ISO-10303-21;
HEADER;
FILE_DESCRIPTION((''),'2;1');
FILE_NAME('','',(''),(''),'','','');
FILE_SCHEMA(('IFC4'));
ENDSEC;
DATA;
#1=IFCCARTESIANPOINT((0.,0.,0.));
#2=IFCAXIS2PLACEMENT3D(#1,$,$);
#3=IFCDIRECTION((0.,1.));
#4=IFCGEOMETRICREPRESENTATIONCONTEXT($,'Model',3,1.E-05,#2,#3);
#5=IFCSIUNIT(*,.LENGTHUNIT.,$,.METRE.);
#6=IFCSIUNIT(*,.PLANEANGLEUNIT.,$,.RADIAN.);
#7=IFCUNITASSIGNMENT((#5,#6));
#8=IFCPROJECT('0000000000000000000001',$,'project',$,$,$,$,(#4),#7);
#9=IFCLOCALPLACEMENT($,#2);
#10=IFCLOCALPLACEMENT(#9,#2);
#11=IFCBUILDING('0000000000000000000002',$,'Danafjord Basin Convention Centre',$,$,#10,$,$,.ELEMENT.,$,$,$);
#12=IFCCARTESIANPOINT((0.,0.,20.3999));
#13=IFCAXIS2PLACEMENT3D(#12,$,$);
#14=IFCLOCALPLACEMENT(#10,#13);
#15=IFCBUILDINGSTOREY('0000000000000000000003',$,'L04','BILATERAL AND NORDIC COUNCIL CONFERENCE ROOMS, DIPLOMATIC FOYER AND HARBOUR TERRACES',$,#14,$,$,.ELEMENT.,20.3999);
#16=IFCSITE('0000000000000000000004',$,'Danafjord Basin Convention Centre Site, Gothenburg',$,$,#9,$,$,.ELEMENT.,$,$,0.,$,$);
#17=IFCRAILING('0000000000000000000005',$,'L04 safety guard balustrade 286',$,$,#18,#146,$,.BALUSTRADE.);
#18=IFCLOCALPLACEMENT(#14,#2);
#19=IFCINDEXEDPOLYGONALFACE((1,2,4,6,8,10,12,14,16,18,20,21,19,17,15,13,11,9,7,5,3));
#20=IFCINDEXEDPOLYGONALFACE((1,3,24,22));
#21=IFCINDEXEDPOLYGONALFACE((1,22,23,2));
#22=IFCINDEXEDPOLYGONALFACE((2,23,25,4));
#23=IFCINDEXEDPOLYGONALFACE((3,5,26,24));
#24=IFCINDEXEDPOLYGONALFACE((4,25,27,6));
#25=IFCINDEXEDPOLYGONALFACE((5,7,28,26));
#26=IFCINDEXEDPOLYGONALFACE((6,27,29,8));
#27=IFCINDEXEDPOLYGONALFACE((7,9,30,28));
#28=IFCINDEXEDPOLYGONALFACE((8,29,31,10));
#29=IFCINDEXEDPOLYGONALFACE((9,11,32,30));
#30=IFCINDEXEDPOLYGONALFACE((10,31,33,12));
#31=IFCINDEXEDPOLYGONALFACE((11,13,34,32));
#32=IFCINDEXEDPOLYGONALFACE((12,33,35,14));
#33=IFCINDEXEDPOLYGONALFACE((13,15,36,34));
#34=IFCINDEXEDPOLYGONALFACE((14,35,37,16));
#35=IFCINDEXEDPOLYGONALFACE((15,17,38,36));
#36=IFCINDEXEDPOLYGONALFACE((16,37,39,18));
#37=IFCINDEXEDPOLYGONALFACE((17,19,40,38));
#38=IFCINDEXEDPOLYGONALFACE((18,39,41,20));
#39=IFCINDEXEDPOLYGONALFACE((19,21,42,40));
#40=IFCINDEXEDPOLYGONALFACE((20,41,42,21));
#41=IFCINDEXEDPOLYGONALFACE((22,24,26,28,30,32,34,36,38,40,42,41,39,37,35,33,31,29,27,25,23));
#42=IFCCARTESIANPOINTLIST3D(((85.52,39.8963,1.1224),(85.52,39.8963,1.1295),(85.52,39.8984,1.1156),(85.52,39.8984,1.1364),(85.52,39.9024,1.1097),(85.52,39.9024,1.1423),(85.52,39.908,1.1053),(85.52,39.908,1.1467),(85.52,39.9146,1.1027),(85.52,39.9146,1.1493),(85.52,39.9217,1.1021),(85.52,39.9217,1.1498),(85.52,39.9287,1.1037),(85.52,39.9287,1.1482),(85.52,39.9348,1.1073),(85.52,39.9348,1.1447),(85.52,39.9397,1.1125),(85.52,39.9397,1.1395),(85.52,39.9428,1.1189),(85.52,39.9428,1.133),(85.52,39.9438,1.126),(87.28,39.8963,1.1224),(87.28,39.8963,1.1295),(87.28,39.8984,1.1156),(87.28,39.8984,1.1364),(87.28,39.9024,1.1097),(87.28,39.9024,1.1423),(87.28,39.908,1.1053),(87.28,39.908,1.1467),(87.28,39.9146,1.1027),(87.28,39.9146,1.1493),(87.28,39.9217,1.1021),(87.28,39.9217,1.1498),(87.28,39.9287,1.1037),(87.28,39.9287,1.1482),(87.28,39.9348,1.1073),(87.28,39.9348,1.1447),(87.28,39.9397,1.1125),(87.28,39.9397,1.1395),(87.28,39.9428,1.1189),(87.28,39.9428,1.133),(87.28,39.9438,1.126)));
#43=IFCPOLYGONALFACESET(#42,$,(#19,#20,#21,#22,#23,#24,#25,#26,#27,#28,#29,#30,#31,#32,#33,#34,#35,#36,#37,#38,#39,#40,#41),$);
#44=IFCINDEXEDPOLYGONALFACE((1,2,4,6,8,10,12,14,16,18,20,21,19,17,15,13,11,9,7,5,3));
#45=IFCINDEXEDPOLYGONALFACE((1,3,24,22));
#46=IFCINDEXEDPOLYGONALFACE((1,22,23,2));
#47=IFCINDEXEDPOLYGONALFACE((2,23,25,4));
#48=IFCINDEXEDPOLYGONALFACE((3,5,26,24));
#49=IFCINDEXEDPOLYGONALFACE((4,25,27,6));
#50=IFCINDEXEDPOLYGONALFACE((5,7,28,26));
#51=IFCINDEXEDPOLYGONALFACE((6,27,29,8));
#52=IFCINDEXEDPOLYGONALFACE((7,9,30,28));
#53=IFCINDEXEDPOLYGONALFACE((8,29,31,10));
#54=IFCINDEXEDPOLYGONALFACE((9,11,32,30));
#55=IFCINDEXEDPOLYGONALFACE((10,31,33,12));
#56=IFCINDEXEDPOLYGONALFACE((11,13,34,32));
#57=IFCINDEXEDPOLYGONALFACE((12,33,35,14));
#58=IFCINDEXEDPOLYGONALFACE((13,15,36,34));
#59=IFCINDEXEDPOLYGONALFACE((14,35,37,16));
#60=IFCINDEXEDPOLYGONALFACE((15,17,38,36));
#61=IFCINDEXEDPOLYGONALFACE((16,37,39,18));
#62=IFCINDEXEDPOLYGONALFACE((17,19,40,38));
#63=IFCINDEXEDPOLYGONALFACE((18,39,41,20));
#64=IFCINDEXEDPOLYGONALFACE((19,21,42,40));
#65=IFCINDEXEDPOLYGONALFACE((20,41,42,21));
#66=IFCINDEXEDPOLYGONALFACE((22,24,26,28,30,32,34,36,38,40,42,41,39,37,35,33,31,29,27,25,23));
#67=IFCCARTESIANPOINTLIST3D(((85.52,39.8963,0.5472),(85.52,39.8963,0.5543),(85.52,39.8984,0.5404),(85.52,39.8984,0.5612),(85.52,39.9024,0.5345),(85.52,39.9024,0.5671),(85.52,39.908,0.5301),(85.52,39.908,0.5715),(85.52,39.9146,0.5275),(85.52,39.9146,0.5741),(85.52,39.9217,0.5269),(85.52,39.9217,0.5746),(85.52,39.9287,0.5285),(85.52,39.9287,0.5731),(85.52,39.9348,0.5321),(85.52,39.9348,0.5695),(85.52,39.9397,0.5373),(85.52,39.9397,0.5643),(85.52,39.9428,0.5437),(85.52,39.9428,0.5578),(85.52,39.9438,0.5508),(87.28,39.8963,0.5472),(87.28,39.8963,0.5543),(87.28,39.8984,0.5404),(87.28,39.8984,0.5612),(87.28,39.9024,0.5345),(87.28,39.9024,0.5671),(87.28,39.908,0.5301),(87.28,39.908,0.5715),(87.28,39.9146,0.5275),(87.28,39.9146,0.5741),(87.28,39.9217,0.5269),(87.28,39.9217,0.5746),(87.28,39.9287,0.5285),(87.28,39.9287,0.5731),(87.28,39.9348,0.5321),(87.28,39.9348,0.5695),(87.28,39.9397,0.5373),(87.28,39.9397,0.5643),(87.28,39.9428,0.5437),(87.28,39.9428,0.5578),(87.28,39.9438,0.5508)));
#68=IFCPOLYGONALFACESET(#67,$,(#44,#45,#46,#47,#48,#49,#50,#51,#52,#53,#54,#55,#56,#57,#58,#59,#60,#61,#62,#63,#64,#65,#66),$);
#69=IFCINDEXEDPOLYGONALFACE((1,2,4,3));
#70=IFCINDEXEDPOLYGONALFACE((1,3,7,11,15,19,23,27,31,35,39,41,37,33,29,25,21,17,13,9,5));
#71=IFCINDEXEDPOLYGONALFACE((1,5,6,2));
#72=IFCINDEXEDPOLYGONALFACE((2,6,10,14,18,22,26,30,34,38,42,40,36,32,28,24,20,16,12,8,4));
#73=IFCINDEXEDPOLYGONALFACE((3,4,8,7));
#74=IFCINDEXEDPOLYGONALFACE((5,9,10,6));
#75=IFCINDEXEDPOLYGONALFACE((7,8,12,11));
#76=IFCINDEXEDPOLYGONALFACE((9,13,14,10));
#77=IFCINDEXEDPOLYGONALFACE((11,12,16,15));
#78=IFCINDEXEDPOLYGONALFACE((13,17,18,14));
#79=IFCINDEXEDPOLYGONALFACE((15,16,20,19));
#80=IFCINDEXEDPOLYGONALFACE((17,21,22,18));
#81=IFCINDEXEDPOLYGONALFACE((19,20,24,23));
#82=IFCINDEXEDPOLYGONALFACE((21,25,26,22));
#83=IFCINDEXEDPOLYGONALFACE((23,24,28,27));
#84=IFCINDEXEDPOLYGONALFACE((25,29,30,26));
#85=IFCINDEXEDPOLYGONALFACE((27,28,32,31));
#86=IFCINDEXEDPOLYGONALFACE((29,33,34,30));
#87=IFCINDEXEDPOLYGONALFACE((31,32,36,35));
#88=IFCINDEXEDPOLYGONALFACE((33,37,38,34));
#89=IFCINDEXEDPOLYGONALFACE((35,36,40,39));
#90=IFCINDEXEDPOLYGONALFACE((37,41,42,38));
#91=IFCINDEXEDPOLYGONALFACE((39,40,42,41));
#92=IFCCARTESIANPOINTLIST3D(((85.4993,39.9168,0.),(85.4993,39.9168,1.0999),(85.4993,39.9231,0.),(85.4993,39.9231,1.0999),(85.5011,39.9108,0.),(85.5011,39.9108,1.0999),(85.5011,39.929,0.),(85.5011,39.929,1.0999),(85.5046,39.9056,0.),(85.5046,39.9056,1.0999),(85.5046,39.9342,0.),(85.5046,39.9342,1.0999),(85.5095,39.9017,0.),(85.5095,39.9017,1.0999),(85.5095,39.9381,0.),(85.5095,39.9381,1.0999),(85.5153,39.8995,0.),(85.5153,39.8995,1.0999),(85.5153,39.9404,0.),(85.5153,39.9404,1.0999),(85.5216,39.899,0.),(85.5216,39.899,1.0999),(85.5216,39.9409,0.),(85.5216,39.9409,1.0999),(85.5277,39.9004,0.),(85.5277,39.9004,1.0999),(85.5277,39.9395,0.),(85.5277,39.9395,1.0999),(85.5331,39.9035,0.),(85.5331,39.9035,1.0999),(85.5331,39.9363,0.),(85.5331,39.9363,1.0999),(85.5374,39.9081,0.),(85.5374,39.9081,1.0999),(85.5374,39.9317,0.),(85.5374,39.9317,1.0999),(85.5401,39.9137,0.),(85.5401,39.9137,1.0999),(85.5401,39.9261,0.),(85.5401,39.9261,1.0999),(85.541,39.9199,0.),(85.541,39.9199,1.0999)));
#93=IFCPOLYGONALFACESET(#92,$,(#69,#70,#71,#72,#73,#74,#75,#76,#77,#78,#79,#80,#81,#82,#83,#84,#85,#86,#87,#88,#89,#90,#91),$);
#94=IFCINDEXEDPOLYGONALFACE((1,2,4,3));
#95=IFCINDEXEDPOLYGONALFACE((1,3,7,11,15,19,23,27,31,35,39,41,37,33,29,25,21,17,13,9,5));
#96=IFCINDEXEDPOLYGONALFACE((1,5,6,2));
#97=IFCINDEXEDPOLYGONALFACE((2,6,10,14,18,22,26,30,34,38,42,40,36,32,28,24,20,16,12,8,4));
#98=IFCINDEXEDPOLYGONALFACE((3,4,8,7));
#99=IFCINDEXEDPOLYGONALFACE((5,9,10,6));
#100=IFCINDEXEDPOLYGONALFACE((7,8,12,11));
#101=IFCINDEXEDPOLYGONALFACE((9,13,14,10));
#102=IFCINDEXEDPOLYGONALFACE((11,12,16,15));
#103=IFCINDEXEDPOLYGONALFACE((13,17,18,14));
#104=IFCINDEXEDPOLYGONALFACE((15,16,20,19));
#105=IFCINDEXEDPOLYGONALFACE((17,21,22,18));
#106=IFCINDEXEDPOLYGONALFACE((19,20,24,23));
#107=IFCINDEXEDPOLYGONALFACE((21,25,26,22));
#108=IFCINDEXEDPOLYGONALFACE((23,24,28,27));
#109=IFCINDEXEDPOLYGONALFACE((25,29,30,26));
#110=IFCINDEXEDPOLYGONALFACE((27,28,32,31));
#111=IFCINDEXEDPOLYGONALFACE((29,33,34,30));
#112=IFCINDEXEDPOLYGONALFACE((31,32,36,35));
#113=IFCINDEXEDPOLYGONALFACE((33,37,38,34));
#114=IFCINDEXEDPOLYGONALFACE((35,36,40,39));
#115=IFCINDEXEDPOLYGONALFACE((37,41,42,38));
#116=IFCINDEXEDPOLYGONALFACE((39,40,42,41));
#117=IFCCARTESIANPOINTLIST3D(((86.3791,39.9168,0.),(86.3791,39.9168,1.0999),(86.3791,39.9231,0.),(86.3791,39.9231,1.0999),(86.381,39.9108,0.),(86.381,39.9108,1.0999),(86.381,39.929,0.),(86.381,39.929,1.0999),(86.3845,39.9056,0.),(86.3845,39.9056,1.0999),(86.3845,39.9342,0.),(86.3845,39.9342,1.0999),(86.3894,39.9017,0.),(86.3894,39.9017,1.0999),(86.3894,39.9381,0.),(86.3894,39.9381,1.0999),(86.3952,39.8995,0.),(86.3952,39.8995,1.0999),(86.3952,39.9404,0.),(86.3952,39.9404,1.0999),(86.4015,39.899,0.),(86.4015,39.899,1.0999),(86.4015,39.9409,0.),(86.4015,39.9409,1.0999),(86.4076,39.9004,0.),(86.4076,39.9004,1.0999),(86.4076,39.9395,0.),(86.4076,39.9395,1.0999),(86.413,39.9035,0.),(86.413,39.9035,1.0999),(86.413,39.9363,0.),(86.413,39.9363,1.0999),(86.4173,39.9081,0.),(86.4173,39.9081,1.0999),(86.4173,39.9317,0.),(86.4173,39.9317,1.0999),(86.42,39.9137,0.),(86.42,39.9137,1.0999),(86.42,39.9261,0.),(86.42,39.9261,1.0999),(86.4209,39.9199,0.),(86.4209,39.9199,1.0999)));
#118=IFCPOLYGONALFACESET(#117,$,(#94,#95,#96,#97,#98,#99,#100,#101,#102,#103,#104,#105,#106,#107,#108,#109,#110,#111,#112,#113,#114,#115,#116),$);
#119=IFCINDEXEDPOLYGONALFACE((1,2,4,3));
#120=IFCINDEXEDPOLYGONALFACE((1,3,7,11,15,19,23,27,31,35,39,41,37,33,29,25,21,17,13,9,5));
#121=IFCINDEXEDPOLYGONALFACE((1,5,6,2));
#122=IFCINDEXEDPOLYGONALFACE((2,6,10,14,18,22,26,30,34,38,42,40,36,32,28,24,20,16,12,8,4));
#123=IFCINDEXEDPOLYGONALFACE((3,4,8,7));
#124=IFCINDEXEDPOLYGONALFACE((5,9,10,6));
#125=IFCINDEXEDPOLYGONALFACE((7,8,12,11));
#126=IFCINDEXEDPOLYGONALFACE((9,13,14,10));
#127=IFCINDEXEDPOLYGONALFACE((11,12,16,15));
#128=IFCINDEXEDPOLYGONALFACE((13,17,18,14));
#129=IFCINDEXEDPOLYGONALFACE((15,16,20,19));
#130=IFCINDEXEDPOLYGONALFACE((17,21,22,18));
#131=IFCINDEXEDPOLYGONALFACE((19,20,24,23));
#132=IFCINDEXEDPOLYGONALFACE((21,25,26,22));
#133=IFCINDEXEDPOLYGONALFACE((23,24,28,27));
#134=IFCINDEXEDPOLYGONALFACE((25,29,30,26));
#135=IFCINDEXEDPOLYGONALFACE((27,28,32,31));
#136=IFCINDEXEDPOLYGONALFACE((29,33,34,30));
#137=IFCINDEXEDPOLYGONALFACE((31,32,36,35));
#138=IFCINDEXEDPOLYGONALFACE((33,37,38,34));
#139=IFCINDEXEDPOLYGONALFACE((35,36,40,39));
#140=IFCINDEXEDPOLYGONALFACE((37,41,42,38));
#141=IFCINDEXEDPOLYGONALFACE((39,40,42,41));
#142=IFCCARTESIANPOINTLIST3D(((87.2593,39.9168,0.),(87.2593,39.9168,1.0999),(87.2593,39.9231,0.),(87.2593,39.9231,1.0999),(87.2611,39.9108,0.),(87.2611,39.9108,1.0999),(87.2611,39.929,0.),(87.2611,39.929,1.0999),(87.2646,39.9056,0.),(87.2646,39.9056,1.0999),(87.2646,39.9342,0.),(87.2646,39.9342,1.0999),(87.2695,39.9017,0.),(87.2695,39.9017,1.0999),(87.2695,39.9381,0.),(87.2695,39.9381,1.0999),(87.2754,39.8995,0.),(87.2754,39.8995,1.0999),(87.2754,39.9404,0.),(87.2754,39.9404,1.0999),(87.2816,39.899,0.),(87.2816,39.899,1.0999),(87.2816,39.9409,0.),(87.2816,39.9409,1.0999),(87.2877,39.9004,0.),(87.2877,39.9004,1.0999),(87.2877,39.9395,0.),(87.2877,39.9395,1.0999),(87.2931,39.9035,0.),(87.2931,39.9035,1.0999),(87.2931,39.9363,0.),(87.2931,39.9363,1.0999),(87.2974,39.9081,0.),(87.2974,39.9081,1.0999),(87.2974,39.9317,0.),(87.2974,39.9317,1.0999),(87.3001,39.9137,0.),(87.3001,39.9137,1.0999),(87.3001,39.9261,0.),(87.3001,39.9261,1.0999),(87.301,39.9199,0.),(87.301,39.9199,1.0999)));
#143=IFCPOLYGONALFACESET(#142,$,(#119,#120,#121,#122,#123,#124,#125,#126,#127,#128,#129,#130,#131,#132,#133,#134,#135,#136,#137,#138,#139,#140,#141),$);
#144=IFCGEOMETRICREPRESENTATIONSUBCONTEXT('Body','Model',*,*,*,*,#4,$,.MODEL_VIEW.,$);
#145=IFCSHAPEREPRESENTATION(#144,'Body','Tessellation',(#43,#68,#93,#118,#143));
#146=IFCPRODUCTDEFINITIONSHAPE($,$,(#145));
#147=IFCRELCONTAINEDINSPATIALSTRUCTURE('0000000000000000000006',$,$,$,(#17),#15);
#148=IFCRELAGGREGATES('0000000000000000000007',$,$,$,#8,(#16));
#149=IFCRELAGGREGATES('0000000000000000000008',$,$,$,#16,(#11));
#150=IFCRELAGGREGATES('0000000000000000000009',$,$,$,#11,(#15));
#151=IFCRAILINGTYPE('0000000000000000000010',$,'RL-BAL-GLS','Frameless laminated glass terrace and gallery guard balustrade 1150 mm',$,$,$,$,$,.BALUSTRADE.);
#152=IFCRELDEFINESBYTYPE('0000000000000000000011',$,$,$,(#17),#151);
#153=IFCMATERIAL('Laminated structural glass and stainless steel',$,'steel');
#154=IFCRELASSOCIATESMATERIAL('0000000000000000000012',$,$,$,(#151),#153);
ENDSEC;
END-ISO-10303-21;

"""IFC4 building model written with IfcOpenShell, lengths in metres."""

from ifc_helpers import new_model, si_unit, direction, frame, origin, origin_2d, place, context, subcontext, project, spatial, circle, extrude, material, type_object, element, save


model = new_model("IFC4")

# Units and contexts
model_context = context("Model", 3, precision=1e-05, world=origin(), true_north=direction((0.0, 1.0)))
body_context = subcontext(model_context, "Body", "Model", "MODEL_VIEW")
ifc_project = project(units=[si_unit("LENGTHUNIT", "METRE"), si_unit("PLANEANGLEUNIT", "RADIAN")], contexts=[model_context])

# Site, building, storey
site_placement = place(None, origin())
site = spatial("IfcSite", under=ifc_project, at=site_placement, Name="Danafjord Basin Convention Centre Site, Gothenburg", CompositionType="ELEMENT", RefElevation=0.0)
building_placement = place(site_placement, origin())
building = spatial("IfcBuilding", under=site, at=building_placement, Name="Danafjord Basin Convention Centre", CompositionType="ELEMENT")
storey_placement = place(building_placement, frame((0.0, 0.0, 20.3999)))
storey = spatial("IfcBuildingStorey", under=building, at=storey_placement, Name="L04", Description="BILATERAL AND NORDIC COUNCIL CONFERENCE ROOMS, DIPLOMATIC FOYER AND HARBOUR TERRACES", CompositionType="ELEMENT", Elevation=20.3999)

# Railing
ifc_material_1 = material(Name="Laminated structural glass and stainless steel", Category="steel")
railing_type = type_object("IfcRailingType", Name="RL-BAL-GLS", Description="Frameless laminated glass terrace and gallery guard balustrade 1150 mm", PredefinedType="BALUSTRADE", material=ifc_material_1)
railing_1_placement = place(storey_placement, frame((85.52, 39.9199, 0.0)))
element("IfcRailing", 1, at=railing_1_placement, inside=storey, type_object=railing_type, Name="L04 safety guard balustrade 286", PredefinedType="BALUSTRADE", context=body_context, shape_type="SweptSolid", body=[
    extrude(circle(Radius=0.0239, at=origin_2d()), frame((0.0, 0.0, 1.126), z_axis=(1.0, 0.0, 0.0), x_axis=(0.0, 1.0, 0.0)), (0.0, 0.0, 1.0), 1.76),
    extrude(circle(Radius=0.0239, at=origin_2d()), frame((0.0, 0.0, 0.5508), z_axis=(1.0, 0.0, 0.0), x_axis=(0.0, 1.0, 0.0)), (0.0, 0.0, 1.0), 1.76),
    extrude(circle(Radius=0.021, at=origin_2d()), origin(), (0.0, 0.0, 1.0), 1.0999),
    extrude(circle(Radius=0.021, at=origin_2d()), frame((0.8799, 0.0, 0.0)), (0.0, 0.0, 1.0), 1.0999),
    extrude(circle(Radius=0.021, at=origin_2d()), frame((1.76, 0.0, 0.0)), (0.0, 0.0, 1.0), 1.0999),
])

save(model, "model.ifc")
